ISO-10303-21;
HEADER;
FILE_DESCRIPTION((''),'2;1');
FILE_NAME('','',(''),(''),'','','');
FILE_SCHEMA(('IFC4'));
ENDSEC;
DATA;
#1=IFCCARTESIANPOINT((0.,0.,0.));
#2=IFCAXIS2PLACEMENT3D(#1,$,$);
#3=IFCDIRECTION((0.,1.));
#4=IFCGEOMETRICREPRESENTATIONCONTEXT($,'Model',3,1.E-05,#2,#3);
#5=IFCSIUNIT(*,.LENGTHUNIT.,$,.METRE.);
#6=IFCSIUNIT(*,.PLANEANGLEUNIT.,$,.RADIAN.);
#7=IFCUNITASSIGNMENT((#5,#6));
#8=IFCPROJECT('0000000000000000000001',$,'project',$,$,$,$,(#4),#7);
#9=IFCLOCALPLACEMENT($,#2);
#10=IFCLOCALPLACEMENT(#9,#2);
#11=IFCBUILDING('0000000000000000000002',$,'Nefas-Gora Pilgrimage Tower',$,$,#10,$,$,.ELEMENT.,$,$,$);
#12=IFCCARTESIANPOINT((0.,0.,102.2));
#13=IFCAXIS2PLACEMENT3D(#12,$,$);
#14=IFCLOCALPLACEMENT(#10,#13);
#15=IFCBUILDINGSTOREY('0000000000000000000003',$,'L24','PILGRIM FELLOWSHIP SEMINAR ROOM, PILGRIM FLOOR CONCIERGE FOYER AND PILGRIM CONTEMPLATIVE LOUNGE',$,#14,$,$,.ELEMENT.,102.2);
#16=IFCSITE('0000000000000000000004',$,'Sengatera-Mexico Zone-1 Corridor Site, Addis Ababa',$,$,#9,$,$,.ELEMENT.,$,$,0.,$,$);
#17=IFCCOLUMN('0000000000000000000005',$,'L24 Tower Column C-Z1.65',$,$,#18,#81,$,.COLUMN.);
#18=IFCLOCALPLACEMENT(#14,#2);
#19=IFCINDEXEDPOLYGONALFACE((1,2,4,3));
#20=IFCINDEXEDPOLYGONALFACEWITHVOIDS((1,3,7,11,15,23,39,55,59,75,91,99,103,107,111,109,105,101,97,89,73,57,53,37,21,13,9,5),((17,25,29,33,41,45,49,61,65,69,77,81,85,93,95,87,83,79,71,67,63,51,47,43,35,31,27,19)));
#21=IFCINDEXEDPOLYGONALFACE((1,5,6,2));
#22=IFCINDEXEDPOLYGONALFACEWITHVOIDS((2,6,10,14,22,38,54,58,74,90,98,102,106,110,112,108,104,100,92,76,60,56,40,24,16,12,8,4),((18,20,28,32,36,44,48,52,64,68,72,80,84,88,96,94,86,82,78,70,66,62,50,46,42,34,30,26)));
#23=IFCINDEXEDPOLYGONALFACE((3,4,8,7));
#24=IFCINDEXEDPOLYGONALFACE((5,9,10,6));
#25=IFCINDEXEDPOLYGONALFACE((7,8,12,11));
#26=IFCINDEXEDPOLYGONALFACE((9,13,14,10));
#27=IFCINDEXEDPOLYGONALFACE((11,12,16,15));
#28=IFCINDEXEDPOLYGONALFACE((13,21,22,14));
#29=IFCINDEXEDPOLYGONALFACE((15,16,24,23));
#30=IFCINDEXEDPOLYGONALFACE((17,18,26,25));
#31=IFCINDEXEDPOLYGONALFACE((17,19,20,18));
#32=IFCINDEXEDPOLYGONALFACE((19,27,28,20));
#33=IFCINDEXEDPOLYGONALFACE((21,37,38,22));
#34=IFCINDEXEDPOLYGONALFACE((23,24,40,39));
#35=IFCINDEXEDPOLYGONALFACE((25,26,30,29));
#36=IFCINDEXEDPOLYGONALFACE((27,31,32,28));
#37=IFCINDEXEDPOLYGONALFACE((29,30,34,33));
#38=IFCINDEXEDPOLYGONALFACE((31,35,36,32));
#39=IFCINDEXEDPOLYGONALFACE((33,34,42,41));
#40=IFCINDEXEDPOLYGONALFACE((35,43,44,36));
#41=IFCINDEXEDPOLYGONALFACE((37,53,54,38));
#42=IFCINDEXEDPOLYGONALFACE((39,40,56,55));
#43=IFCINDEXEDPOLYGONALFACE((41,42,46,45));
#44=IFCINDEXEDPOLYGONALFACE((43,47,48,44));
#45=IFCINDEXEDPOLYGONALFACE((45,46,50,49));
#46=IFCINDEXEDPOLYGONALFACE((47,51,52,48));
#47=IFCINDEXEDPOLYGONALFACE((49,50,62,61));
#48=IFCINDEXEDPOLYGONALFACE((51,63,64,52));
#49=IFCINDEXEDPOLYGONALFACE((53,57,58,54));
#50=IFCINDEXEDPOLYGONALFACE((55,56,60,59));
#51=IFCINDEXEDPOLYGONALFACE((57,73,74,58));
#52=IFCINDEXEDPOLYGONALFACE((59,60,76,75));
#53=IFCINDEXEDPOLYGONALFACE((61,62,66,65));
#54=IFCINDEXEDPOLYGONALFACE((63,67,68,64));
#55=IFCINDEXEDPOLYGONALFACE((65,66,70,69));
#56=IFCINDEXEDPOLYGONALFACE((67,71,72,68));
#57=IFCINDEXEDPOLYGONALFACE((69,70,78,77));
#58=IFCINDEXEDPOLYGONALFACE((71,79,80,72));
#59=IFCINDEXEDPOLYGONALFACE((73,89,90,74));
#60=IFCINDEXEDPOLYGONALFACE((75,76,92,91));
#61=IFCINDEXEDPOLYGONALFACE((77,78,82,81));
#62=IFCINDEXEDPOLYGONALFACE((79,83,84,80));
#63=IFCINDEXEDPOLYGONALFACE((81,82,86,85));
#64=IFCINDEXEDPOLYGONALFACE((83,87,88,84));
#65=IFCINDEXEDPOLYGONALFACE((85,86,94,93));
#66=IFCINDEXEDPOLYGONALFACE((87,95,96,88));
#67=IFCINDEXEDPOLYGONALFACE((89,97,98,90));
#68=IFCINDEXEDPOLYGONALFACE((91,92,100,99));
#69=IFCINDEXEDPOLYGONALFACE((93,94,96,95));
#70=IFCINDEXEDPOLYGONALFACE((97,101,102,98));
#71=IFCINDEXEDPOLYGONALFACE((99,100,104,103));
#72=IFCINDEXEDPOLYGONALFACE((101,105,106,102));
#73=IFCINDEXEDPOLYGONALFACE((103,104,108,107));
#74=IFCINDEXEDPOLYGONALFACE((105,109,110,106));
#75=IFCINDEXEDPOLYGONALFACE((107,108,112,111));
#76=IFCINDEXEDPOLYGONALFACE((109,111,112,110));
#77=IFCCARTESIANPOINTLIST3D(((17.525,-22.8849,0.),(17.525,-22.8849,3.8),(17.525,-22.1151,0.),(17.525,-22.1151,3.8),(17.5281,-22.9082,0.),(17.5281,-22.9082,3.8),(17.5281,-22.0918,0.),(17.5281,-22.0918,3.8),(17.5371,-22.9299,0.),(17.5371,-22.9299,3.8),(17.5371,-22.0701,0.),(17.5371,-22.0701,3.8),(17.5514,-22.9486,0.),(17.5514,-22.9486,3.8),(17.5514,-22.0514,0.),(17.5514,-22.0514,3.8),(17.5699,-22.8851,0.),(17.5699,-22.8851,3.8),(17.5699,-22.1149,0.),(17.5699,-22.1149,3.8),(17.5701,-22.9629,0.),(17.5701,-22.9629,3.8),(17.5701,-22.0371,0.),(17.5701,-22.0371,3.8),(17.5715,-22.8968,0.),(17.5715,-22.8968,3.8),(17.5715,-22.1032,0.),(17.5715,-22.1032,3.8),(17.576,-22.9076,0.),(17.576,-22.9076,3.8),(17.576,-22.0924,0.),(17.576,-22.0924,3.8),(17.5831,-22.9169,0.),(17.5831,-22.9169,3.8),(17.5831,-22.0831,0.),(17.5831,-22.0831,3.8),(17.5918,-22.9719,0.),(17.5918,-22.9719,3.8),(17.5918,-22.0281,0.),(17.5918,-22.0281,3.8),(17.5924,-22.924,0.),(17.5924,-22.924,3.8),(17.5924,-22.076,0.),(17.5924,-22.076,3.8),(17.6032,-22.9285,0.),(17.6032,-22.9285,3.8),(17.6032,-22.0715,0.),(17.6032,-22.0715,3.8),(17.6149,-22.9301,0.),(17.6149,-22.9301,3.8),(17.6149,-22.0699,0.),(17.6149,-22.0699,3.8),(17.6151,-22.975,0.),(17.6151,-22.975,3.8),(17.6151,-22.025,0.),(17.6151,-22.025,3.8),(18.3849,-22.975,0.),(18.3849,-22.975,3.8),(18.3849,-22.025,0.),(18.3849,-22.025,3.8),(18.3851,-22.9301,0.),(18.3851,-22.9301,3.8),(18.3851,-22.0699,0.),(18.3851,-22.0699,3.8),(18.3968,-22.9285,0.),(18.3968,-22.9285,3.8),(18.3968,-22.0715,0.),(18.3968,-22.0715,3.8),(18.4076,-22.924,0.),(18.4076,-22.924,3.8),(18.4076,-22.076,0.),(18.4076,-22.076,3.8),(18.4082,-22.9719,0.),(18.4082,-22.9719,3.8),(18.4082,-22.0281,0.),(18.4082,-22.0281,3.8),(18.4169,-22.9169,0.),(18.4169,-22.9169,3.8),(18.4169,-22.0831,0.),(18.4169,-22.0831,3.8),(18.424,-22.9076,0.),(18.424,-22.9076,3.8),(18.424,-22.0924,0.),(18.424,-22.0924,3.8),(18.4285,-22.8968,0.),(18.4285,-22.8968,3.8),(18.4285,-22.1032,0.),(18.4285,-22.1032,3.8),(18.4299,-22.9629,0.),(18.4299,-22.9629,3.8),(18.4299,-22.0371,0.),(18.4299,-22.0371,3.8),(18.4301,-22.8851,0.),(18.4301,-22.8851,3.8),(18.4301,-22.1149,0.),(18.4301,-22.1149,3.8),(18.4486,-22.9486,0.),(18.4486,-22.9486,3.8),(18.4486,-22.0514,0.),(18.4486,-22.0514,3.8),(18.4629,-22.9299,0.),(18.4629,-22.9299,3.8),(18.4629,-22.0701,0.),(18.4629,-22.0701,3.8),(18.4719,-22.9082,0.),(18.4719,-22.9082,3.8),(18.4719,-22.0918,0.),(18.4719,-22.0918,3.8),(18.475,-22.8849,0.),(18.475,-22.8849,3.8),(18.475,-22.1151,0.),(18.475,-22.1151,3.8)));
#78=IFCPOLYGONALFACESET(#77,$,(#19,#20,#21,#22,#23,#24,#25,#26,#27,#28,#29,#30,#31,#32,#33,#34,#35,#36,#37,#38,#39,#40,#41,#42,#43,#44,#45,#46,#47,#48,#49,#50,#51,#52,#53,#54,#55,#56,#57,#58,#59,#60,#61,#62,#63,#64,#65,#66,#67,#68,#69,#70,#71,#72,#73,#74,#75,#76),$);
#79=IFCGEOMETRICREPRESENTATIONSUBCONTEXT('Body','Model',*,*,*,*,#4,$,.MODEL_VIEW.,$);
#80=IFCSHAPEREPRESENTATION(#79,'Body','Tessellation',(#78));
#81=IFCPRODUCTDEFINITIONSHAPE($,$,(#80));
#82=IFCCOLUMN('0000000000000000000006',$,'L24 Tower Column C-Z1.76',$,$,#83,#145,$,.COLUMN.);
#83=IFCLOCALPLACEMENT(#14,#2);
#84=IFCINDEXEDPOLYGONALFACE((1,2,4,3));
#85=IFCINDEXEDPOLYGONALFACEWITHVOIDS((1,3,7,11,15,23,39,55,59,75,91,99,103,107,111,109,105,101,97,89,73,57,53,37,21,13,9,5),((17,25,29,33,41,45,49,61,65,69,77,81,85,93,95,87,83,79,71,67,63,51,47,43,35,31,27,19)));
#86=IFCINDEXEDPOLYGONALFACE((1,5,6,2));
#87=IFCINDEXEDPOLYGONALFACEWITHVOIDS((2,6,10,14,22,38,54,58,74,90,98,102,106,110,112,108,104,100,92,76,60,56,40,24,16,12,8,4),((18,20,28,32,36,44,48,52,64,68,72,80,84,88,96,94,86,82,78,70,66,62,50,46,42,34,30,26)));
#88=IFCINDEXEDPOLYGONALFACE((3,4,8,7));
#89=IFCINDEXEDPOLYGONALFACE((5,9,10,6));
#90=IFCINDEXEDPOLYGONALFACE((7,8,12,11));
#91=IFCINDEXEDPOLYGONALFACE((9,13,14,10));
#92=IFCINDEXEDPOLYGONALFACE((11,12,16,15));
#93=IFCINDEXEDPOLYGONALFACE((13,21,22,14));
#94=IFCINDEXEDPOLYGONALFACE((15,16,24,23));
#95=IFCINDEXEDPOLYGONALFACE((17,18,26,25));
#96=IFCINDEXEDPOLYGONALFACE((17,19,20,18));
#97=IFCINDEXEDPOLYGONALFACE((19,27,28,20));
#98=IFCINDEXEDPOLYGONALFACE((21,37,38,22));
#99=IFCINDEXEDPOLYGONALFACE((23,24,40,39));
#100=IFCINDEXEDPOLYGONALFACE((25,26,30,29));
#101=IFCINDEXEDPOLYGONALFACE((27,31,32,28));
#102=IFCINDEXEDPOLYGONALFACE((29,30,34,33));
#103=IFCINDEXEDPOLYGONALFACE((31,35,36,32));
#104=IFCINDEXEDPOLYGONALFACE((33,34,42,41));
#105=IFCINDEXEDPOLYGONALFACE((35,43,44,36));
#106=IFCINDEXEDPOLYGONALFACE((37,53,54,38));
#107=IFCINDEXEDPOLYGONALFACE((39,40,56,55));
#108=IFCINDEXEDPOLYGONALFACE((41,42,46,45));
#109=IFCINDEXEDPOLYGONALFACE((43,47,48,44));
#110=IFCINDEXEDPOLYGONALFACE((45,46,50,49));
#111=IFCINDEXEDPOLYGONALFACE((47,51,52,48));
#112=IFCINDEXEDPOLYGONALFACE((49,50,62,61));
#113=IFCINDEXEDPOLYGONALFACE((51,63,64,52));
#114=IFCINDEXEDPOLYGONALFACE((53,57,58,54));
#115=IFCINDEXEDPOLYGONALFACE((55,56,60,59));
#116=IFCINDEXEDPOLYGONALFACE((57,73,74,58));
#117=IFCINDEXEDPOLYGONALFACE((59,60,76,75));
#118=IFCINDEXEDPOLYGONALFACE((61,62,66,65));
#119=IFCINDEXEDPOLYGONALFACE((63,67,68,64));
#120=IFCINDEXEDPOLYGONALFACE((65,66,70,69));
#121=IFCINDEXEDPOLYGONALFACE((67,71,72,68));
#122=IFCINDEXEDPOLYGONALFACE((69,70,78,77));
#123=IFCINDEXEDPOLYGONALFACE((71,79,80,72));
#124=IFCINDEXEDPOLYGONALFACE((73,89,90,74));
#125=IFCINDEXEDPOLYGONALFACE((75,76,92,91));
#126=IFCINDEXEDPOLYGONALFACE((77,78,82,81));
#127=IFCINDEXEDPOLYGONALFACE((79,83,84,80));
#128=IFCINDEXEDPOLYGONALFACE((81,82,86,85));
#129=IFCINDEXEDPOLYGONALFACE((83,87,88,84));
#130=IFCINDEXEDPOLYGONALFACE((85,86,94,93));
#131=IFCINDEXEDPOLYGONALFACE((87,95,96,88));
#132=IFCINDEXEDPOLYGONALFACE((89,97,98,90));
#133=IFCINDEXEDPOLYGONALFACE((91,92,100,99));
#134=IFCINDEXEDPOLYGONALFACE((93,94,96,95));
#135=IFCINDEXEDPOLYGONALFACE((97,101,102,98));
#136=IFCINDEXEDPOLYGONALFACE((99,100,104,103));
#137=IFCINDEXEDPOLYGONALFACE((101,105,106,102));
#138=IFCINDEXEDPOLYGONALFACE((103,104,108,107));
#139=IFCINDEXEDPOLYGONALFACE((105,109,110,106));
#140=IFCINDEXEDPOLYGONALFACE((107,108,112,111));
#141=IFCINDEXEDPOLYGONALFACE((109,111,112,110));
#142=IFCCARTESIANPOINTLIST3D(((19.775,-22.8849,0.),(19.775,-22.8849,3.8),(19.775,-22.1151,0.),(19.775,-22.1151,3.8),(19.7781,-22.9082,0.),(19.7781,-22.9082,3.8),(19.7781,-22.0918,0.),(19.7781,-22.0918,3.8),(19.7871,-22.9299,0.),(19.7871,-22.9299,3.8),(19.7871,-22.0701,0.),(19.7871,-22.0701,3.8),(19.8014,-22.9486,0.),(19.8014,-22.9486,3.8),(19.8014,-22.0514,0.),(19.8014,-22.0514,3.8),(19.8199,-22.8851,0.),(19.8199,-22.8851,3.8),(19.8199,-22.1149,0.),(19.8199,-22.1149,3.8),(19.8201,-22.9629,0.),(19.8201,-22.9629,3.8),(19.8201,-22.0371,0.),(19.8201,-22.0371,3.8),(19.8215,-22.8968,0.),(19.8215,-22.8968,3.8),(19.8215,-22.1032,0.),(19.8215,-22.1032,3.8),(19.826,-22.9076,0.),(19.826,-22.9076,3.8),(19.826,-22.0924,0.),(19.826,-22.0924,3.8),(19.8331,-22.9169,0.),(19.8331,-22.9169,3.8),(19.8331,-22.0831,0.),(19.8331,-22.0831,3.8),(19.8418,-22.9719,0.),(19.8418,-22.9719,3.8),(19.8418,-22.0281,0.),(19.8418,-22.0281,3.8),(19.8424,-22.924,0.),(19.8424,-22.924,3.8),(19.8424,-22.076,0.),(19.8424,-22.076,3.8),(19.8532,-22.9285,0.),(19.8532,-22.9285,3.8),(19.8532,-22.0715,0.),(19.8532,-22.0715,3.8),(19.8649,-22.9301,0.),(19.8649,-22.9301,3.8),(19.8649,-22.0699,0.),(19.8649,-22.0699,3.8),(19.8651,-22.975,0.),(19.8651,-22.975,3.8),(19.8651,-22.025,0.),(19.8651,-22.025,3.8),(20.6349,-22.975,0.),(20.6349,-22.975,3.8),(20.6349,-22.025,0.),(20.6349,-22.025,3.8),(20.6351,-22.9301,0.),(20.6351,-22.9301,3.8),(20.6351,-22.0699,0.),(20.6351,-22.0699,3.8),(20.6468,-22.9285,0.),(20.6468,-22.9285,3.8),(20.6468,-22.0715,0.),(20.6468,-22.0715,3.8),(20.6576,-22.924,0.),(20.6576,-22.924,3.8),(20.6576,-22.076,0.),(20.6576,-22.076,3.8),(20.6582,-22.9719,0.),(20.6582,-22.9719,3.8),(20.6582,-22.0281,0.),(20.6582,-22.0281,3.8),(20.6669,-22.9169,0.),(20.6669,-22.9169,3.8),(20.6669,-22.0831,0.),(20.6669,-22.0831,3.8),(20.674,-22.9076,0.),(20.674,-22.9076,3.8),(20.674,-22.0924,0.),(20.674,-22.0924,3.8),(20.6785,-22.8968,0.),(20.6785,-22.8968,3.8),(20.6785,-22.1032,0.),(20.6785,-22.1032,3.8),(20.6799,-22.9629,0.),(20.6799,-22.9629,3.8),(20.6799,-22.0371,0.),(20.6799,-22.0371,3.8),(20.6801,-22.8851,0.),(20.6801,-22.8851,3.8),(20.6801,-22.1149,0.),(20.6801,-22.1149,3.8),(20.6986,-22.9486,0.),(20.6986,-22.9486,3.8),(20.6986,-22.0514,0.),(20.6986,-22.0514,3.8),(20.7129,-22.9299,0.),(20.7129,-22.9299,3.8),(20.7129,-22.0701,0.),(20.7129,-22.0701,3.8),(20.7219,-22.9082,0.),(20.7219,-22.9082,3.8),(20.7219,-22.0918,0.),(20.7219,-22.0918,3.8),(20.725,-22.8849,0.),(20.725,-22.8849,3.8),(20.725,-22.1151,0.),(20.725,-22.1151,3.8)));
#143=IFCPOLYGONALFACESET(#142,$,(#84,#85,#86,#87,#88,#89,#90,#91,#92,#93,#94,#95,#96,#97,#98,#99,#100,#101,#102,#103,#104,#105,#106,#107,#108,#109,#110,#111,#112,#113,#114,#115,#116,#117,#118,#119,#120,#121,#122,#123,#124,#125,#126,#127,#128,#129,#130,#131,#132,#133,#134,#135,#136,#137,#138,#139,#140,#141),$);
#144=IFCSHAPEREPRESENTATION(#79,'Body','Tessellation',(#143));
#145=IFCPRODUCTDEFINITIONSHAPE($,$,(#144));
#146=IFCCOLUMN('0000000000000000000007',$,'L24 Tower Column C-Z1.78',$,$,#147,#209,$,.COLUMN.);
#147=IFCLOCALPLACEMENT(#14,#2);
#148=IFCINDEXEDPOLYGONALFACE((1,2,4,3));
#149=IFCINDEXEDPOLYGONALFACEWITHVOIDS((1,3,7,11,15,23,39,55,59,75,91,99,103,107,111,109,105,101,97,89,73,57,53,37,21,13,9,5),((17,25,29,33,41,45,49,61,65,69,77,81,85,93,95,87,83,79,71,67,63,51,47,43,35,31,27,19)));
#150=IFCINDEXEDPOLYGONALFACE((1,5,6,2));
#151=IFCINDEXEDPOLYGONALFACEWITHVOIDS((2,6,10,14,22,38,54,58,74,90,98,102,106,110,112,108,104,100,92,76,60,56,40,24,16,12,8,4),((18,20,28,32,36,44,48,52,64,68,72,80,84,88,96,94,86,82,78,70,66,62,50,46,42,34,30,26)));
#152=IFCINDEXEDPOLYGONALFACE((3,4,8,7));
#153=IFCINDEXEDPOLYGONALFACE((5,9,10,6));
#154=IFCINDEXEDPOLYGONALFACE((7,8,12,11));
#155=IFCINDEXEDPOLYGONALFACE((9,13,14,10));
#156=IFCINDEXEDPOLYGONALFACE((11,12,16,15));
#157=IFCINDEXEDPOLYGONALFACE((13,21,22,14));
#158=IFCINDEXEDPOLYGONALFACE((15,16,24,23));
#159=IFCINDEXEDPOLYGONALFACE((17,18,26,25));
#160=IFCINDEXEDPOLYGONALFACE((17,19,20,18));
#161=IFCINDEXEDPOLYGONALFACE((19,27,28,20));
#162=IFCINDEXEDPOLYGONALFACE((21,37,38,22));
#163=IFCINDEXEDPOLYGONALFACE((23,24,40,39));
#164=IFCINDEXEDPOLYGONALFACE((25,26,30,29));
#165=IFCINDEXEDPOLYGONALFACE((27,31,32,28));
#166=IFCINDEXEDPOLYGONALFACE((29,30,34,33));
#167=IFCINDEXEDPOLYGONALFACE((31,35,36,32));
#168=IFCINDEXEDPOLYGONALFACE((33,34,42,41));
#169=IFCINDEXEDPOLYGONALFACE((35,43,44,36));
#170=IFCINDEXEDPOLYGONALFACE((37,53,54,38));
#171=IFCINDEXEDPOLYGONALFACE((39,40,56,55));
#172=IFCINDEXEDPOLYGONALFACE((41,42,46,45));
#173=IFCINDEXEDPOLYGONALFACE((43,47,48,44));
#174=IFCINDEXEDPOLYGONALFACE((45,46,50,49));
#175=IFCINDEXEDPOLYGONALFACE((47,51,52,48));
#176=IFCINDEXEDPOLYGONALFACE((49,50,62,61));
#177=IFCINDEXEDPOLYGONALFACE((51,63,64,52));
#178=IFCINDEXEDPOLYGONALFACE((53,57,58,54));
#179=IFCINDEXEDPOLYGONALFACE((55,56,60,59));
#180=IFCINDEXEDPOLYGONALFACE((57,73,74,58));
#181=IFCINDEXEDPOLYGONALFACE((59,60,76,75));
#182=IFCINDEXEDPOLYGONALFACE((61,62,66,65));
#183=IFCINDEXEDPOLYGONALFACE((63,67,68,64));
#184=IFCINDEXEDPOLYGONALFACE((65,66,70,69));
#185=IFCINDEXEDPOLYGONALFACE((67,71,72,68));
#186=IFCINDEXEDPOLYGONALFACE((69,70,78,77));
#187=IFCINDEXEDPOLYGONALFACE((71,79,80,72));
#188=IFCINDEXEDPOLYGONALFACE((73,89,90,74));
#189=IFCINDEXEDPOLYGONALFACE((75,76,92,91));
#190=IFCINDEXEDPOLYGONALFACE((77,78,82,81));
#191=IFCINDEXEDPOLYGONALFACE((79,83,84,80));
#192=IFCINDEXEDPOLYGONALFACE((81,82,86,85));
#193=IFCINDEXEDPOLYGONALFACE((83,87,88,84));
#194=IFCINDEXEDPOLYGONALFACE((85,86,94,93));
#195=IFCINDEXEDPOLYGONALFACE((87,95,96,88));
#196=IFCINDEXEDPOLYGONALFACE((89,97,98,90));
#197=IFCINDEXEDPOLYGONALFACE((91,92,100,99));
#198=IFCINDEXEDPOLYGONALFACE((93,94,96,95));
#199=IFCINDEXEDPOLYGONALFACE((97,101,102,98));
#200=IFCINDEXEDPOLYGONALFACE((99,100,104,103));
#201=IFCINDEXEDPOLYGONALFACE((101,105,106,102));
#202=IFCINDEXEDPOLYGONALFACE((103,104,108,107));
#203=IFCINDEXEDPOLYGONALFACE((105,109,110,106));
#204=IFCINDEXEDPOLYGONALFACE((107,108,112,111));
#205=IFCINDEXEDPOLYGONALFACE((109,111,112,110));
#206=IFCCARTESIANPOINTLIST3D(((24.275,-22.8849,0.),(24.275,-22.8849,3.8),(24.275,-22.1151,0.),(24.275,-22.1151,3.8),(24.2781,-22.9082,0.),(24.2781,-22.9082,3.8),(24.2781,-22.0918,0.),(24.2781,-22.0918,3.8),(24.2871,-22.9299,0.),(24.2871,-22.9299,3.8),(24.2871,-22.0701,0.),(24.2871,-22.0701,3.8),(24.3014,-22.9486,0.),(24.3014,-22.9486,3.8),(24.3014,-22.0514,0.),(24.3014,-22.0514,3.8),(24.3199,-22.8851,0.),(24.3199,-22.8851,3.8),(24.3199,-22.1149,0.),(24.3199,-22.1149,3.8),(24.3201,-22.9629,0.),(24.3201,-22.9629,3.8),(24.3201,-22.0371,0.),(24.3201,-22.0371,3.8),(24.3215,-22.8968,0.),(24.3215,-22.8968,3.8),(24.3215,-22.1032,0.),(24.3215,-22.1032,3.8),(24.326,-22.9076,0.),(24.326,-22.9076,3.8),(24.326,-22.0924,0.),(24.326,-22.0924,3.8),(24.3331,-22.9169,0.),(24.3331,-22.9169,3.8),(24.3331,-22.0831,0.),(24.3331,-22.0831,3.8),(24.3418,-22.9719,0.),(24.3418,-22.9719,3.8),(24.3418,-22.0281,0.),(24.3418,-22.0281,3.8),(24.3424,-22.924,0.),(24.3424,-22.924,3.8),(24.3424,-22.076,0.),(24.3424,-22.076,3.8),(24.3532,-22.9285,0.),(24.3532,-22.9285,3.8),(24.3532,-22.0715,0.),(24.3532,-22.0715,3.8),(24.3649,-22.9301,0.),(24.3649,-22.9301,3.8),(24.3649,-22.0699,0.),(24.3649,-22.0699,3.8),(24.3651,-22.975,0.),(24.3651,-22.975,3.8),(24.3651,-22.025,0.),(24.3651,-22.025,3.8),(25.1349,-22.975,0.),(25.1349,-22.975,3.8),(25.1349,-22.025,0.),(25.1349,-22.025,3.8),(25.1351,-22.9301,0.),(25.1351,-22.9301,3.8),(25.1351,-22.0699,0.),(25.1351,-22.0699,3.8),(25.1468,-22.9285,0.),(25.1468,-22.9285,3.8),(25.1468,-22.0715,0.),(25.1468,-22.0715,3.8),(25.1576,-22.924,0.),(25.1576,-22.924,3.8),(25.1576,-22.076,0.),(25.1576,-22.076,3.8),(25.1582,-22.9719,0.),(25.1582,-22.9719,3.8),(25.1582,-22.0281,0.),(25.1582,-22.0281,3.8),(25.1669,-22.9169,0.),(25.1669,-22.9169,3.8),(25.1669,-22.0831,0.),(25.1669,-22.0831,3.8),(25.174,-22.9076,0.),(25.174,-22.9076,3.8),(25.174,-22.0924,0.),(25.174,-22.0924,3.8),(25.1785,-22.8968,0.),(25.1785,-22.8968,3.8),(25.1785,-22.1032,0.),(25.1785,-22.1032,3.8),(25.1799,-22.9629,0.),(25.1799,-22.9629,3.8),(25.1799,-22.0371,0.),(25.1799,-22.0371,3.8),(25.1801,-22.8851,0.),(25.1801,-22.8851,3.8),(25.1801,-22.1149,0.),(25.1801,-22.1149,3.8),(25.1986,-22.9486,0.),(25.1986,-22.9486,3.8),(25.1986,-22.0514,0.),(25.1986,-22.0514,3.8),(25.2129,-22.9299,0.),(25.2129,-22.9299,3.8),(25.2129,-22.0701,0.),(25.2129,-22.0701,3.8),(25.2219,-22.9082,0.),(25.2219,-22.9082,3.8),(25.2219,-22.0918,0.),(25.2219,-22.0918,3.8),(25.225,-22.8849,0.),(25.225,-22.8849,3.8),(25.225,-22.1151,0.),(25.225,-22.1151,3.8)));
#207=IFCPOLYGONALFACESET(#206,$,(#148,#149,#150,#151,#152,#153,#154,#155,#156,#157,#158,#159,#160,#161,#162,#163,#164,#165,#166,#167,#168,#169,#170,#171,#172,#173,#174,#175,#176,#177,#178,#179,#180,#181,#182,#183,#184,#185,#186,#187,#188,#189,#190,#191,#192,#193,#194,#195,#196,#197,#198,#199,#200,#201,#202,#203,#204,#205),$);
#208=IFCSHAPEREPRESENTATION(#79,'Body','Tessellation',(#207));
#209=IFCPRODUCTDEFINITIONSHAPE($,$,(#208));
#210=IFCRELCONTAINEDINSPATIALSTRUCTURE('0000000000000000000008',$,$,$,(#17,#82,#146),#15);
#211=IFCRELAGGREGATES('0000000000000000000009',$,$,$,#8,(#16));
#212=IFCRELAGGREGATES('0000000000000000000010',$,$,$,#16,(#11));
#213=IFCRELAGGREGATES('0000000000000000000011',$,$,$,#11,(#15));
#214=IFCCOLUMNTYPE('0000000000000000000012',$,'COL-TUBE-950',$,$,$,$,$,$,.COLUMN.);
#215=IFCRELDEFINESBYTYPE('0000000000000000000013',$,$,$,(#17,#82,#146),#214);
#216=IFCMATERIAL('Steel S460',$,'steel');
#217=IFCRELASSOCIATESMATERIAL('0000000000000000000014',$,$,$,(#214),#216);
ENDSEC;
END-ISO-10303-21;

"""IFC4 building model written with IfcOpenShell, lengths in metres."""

from ifc_helpers import new_model, si_unit, direction, frame, origin, origin_2d, place, context, subcontext, project, spatial, hollow_rectangle, extrude, source, transform, mapped, material, material_profile, profile_set, type_object, element, save


model = new_model("IFC4")

# Units and contexts
model_context = context("Model", 3, precision=1e-05, world=origin(), true_north=direction((0.0, 1.0)))
body_context = subcontext(model_context, "Body", "Model", "MODEL_VIEW")
ifc_project = project(units=[si_unit("LENGTHUNIT", "METRE"), si_unit("PLANEANGLEUNIT", "RADIAN")], contexts=[model_context])

# Site, building, storey
site_placement = place(None, origin())
site = spatial("IfcSite", under=ifc_project, at=site_placement, Name="Sengatera-Mexico Zone-1 Corridor Site, Addis Ababa", CompositionType="ELEMENT", RefElevation=0.0)
building_placement = place(site_placement, origin())
building = spatial("IfcBuilding", under=site, at=building_placement, Name="Nefas-Gora Pilgrimage Tower", CompositionType="ELEMENT")
storey_placement = place(building_placement, frame((0.0, 0.0, 102.2)))
storey = spatial("IfcBuildingStorey", under=building, at=storey_placement, Name="L24", Description="PILGRIM FELLOWSHIP SEMINAR ROOM, PILGRIM FLOOR CONCIERGE FOYER AND PILGRIM CONTEMPLATIVE LOUNGE", CompositionType="ELEMENT", Elevation=102.2)

# Columns
ifc_material_1 = material(Name="Steel S460", Category="steel")
ifc_material_profile_1 = material_profile(ifc_material_1, hollow_rectangle(XDim=0.95, YDim=0.95, WallThickness=0.0449, InnerFilletRadius=0.0449, OuterFilletRadius=0.0901, at=origin_2d()), Name="BOX 950x950x45")
ifc_profile_set_1 = profile_set([ifc_material_profile_1], Name="Steel S460")
column_type_1 = type_object("IfcColumnType", Name="COL-TUBE-950", PredefinedType="COLUMN", material=ifc_profile_set_1)
shared_shape_1 = source(origin(), body_context, "Body", "SweptSolid", [
    extrude(hollow_rectangle(XDim=0.95, YDim=0.95, WallThickness=0.0449, InnerFilletRadius=0.0449, OuterFilletRadius=0.0901, at=origin_2d()), origin(), (0.0, 0.0, 1.0), 3.8),
])
for number, where, z_axis, x_axis, name in (
    (1, (18.0, -22.5, 0.0), (0.0, 0.0, 1.0), (1.0, 0.0, 0.0), "L24 Tower Column C-Z1.65"),
    (2, (20.25, -22.5, 0.0), (0.0, 0.0, 1.0), (1.0, 0.0, 0.0), "L24 Tower Column C-Z1.76"),
    (3, (24.75, -22.5, 0.0), (0.0, 0.0, 1.0), (1.0, 0.0, 0.0), "L24 Tower Column C-Z1.78"),
):
    element("IfcColumn", number, at=place(storey_placement, frame(where, z_axis=z_axis, x_axis=x_axis)), inside=storey, type_object=column_type_1, Name=name, PredefinedType="COLUMN", context=body_context, shape_type="MappedRepresentation", body=[
        mapped(shared_shape_1, transform((0.0, 0.0, 0.0), x_axis=(1.0, 0.0, 0.0), y_axis=(0.0, 1.0, 0.0), z_axis=(0.0, 0.0, 1.0), scale=1.0)),
    ])

save(model, "model.ifc")
